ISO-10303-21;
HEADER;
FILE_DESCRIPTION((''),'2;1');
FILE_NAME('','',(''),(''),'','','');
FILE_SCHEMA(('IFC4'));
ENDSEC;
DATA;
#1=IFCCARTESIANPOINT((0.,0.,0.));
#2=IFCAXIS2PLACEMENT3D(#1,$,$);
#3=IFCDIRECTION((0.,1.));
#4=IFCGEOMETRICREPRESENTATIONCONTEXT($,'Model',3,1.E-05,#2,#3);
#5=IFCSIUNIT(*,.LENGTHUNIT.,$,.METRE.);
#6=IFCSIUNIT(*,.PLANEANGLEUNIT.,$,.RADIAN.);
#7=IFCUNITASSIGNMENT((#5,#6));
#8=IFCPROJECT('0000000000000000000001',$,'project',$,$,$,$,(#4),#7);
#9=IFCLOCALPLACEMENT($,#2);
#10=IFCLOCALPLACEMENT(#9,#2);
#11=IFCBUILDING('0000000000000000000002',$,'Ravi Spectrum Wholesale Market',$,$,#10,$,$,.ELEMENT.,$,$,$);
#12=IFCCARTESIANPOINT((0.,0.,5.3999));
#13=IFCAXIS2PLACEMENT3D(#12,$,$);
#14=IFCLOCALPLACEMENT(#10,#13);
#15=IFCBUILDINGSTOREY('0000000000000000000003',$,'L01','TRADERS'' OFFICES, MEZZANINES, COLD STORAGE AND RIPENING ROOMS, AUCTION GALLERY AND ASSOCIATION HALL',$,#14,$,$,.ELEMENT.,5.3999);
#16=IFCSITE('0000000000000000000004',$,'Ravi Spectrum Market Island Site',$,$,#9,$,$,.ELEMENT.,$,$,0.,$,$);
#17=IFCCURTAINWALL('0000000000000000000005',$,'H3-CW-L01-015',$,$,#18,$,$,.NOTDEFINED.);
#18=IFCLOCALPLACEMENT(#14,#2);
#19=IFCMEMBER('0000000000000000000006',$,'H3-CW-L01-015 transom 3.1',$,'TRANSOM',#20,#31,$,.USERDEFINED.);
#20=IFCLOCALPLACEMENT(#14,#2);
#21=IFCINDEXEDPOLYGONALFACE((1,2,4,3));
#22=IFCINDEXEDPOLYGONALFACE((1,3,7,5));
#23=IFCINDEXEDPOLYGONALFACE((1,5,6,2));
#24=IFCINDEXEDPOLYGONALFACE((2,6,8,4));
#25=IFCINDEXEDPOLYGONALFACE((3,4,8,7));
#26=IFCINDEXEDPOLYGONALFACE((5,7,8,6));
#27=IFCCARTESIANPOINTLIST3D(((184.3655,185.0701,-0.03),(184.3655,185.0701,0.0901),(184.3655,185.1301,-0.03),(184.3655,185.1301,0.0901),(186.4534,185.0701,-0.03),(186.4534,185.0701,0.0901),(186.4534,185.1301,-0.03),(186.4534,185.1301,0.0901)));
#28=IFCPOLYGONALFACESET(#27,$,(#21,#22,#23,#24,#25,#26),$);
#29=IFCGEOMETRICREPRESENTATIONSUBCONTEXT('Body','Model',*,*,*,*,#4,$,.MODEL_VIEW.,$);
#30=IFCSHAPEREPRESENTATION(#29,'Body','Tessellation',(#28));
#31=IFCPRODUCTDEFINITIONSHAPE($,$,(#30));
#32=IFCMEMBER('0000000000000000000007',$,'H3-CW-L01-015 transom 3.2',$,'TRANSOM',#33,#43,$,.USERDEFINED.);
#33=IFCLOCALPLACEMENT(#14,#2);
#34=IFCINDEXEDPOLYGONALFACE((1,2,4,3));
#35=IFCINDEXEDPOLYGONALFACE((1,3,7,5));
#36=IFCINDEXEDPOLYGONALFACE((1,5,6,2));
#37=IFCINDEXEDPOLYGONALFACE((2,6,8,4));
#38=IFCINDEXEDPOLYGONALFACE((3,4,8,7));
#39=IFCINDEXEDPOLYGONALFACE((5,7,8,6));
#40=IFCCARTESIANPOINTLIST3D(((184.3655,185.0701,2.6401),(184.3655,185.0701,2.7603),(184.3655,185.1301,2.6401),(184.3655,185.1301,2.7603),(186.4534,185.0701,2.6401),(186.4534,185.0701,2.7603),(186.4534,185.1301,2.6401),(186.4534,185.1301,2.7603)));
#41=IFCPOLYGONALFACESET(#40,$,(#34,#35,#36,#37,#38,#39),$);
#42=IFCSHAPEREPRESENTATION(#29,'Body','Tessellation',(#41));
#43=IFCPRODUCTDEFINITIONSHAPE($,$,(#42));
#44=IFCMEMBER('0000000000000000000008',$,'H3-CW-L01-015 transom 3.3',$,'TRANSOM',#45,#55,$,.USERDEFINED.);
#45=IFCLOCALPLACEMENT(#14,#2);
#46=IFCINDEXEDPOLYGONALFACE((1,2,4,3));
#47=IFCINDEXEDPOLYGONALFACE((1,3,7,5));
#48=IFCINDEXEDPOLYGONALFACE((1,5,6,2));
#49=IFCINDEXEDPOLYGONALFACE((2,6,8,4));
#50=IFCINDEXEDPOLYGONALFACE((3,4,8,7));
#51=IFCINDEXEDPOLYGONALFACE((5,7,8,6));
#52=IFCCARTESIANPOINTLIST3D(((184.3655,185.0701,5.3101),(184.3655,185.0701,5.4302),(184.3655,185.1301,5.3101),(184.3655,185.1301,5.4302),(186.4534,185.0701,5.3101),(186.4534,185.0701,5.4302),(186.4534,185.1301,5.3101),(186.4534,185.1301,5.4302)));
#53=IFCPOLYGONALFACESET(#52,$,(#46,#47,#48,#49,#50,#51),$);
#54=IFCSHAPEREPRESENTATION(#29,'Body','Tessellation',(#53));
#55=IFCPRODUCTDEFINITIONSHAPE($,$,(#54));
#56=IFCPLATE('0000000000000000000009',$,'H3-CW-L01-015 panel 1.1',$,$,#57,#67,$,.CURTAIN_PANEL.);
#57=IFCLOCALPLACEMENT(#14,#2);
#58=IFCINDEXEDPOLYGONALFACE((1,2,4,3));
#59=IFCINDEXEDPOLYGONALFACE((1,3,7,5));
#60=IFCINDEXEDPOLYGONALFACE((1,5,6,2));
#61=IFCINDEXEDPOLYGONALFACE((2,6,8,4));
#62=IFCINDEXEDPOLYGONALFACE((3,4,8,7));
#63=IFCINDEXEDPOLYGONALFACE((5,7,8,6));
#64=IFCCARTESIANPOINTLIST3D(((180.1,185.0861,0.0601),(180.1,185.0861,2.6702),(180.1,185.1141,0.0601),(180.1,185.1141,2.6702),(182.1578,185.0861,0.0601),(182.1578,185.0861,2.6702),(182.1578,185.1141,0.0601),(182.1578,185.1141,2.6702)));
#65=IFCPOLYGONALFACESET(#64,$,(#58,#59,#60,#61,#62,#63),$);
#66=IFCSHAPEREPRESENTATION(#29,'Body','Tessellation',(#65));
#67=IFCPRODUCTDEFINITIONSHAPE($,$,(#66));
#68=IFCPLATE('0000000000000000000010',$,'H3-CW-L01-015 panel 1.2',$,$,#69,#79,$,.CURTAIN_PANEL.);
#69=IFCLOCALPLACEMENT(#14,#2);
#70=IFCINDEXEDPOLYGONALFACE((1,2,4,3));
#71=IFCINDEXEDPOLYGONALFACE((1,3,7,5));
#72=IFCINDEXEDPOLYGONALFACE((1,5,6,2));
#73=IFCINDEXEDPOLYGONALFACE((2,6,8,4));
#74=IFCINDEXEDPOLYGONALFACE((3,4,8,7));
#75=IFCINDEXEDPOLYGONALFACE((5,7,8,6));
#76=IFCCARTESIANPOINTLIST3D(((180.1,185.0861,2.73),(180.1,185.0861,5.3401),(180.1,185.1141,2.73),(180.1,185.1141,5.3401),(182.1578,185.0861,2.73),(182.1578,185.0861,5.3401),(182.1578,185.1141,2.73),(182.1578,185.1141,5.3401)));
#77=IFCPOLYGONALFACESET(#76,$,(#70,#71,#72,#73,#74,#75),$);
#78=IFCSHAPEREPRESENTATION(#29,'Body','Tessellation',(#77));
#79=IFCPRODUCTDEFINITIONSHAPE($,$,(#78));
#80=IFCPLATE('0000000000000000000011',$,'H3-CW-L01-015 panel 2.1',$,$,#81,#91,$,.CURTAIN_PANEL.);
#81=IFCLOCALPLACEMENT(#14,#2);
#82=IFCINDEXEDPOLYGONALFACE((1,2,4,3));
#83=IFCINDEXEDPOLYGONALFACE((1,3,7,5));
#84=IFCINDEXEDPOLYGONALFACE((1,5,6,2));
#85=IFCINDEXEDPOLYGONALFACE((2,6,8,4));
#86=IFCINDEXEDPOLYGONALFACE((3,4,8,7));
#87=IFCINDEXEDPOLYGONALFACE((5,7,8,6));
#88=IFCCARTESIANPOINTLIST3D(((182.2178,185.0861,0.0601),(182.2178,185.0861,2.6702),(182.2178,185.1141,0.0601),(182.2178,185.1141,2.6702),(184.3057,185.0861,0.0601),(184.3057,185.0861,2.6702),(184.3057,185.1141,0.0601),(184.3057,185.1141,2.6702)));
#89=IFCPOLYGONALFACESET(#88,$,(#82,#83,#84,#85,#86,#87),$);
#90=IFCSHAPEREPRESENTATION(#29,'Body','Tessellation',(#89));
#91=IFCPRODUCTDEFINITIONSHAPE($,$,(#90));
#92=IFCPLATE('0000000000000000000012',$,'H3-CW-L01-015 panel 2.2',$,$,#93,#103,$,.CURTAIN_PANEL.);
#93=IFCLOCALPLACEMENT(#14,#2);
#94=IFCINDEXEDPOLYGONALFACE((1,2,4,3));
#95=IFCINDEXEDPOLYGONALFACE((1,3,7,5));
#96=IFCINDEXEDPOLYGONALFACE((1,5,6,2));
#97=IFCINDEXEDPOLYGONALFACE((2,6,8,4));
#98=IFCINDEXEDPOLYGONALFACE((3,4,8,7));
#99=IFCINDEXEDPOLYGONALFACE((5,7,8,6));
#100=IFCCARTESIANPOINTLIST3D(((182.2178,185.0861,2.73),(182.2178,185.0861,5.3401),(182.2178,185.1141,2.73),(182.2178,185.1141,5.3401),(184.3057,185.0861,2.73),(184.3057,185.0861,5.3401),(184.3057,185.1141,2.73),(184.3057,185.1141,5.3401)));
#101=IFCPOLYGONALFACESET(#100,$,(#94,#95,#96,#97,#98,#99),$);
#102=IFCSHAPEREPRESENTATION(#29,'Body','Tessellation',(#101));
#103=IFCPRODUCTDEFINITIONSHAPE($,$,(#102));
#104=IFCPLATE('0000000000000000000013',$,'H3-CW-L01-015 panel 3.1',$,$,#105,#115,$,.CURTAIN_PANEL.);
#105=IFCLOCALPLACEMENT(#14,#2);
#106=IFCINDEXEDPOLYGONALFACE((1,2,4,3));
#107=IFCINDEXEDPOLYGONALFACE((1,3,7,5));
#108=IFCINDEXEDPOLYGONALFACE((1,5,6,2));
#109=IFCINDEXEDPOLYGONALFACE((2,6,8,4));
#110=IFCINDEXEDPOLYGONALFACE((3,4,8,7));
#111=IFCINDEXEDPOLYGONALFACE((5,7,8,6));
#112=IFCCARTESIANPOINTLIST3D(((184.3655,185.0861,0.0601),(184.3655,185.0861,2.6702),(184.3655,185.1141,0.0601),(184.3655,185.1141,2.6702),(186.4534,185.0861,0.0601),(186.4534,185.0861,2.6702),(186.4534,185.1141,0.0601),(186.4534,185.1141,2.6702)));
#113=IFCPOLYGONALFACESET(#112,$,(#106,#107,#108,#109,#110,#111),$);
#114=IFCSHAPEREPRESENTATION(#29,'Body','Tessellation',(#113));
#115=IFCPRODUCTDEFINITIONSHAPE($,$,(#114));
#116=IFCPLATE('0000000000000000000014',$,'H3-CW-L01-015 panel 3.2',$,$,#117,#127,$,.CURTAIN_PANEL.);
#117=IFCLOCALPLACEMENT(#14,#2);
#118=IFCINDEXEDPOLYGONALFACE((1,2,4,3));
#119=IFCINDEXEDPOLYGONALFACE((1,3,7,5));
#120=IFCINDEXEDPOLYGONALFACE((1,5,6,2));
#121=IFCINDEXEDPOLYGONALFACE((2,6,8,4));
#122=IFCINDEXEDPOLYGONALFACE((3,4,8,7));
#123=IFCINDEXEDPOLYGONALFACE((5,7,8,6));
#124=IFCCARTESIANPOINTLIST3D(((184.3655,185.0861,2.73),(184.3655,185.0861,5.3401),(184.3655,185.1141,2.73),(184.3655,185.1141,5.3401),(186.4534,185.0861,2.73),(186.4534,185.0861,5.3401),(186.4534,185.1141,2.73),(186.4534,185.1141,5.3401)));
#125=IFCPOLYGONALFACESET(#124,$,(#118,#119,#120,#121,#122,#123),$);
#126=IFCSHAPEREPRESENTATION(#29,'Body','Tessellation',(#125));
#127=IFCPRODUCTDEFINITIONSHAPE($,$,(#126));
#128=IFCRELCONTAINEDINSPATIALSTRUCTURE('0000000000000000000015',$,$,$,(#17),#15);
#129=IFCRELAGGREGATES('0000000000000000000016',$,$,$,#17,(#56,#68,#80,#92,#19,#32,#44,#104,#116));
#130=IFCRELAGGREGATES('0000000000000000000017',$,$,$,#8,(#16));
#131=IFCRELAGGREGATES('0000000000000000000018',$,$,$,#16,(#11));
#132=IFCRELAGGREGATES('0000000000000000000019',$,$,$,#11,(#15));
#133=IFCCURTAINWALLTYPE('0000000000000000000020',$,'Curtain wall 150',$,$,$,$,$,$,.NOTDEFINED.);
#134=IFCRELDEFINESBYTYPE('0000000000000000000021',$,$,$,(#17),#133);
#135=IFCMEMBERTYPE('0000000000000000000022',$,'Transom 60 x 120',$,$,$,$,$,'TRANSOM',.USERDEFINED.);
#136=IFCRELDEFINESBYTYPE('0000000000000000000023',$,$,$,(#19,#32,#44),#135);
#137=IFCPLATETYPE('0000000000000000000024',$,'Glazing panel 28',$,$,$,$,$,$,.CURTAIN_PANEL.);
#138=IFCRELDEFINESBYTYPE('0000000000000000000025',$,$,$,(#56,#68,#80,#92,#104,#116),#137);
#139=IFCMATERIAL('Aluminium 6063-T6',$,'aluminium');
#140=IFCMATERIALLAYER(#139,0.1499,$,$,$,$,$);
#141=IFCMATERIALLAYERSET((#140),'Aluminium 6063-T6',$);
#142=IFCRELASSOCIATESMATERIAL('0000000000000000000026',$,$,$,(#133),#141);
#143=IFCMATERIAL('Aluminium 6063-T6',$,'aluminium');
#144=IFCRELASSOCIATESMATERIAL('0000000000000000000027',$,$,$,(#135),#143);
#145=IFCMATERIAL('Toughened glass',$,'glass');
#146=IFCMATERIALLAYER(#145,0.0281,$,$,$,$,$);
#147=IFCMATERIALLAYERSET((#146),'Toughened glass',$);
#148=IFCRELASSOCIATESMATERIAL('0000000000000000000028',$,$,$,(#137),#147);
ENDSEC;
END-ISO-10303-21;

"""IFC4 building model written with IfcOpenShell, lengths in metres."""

from ifc_helpers import new_model, si_unit, direction, frame, origin, origin_2d, place, context, subcontext, project, spatial, rectangle, extrude, material, layer, layer_set, material_profile, profile_set, type_object, element, aggregate, save


model = new_model("IFC4")

# Units and contexts
model_context = context("Model", 3, precision=1e-05, world=origin(), true_north=direction((0.0, 1.0)))
body_context = subcontext(model_context, "Body", "Model", "MODEL_VIEW")
ifc_project = project(units=[si_unit("LENGTHUNIT", "METRE"), si_unit("PLANEANGLEUNIT", "RADIAN")], contexts=[model_context])

# Site, building, storey
site_placement = place(None, origin())
site = spatial("IfcSite", under=ifc_project, at=site_placement, Name="Ravi Spectrum Market Island Site", CompositionType="ELEMENT", RefElevation=0.0)
building_placement = place(site_placement, origin())
building = spatial("IfcBuilding", under=site, at=building_placement, Name="Ravi Spectrum Wholesale Market", CompositionType="ELEMENT")
storey_placement = place(building_placement, frame((0.0, 0.0, 5.3999)))
storey = spatial("IfcBuildingStorey", under=building, at=storey_placement, Name="L01", Description="TRADERS' OFFICES, MEZZANINES, COLD STORAGE AND RIPENING ROOMS, AUCTION GALLERY AND ASSOCIATION HALL", CompositionType="ELEMENT", Elevation=5.3999)

# Shared definitions
ifc_material_1 = material(Name="Aluminium 6063-T6", Category="aluminium")
ifc_layer_1 = layer(ifc_material_1, 0.1499)
ifc_layer_set_1 = layer_set([ifc_layer_1], Name="Aluminium 6063-T6")
curtain_wall_type = type_object("IfcCurtainWallType", Name="Curtain wall 150", PredefinedType="NOTDEFINED", material=ifc_layer_set_1)

# Curtain wall, members, plates
curtain_wall_1_placement = place(storey_placement, origin())
curtain_wall_1 = element("IfcCurtainWall", 1, at=curtain_wall_1_placement, inside=storey, type_object=curtain_wall_type, Name="H3-CW-L01-015", PredefinedType="NOTDEFINED")
ifc_material_2 = material(Name="Aluminium 6063-T6", Category="aluminium")
ifc_material_profile_1 = material_profile(ifc_material_2, rectangle(XDim=0.0601, YDim=0.1201, at=origin_2d()))
ifc_profile_set_1 = profile_set([ifc_material_profile_1], Name="Aluminium 6063-T6")
member_type_1 = type_object("IfcMemberType", Name="Transom 60 x 120", ElementType="TRANSOM", PredefinedType="USERDEFINED", material=ifc_profile_set_1)
member_1_placement = place(storey_placement, frame((184.3655, 185.1001, 0.03), z_axis=(1.0, 0.0, 0.0), x_axis=(0.0, 1.0, 0.0)))
member_1 = element("IfcMember", 2, at=member_1_placement, type_object=member_type_1, Name="H3-CW-L01-015 transom 3.1", ObjectType="TRANSOM", PredefinedType="USERDEFINED", context=body_context, shape_type="SweptSolid", body=[
    extrude(rectangle(XDim=0.0601, YDim=0.1201, at=origin_2d()), origin(), (0.0, 0.0, 1.0), 2.0879),
])
member_2_placement = place(storey_placement, frame((184.3655, 185.1001, 2.7002), z_axis=(1.0, 0.0, 0.0), x_axis=(0.0, 1.0, 0.0)))
member_2 = element("IfcMember", 3, at=member_2_placement, type_object=member_type_1, Name="H3-CW-L01-015 transom 3.2", ObjectType="TRANSOM", PredefinedType="USERDEFINED", context=body_context, shape_type="SweptSolid", body=[
    extrude(rectangle(XDim=0.0601, YDim=0.1201, at=origin_2d()), origin(), (0.0, 0.0, 1.0), 2.0879),
])
member_3_placement = place(storey_placement, frame((184.3655, 185.1001, 5.3701), z_axis=(1.0, 0.0, 0.0), x_axis=(0.0, 1.0, 0.0)))
member_3 = element("IfcMember", 4, at=member_3_placement, type_object=member_type_1, Name="H3-CW-L01-015 transom 3.3", ObjectType="TRANSOM", PredefinedType="USERDEFINED", context=body_context, shape_type="SweptSolid", body=[
    extrude(rectangle(XDim=0.0601, YDim=0.1201, at=origin_2d()), origin(), (0.0, 0.0, 1.0), 2.0879),
])
ifc_material_3 = material(Name="Toughened glass", Category="glass")
ifc_layer_2 = layer(ifc_material_3, 0.0281)
ifc_layer_set_2 = layer_set([ifc_layer_2], Name="Toughened glass")
plate_type = type_object("IfcPlateType", Name="Glazing panel 28", PredefinedType="CURTAIN_PANEL", material=ifc_layer_set_2)
plate_1_placement = place(storey_placement, frame((181.1289, 185.1001, 0.0601), z_axis=(0.0, 0.0, 1.0), x_axis=(1.0, 0.0, 0.0)))
plate_1 = element("IfcPlate", 5, at=plate_1_placement, type_object=plate_type, Name="H3-CW-L01-015 panel 1.1", PredefinedType="CURTAIN_PANEL", context=body_context, shape_type="SweptSolid", body=[
    extrude(rectangle(XDim=2.0579, YDim=0.0281, at=origin_2d()), origin(), (0.0, 0.0, 1.0), 2.6101),
])
plate_2_placement = place(storey_placement, frame((181.1289, 185.1001, 2.73), z_axis=(0.0, 0.0, 1.0), x_axis=(1.0, 0.0, 0.0)))
plate_2 = element("IfcPlate", 6, at=plate_2_placement, type_object=plate_type, Name="H3-CW-L01-015 panel 1.2", PredefinedType="CURTAIN_PANEL", context=body_context, shape_type="SweptSolid", body=[
    extrude(rectangle(XDim=2.0579, YDim=0.0281, at=origin_2d()), origin(), (0.0, 0.0, 1.0), 2.6101),
])
plate_3_placement = place(storey_placement, frame((183.2617, 185.1001, 0.0601), z_axis=(0.0, 0.0, 1.0), x_axis=(1.0, 0.0, 0.0)))
plate_3 = element("IfcPlate", 7, at=plate_3_placement, type_object=plate_type, Name="H3-CW-L01-015 panel 2.1", PredefinedType="CURTAIN_PANEL", context=body_context, shape_type="SweptSolid", body=[
    extrude(rectangle(XDim=2.0879, YDim=0.0281, at=origin_2d()), origin(), (0.0, 0.0, 1.0), 2.6101),
])
plate_4_placement = place(storey_placement, frame((183.2617, 185.1001, 2.73), z_axis=(0.0, 0.0, 1.0), x_axis=(1.0, 0.0, 0.0)))
plate_4 = element("IfcPlate", 8, at=plate_4_placement, type_object=plate_type, Name="H3-CW-L01-015 panel 2.2", PredefinedType="CURTAIN_PANEL", context=body_context, shape_type="SweptSolid", body=[
    extrude(rectangle(XDim=2.0879, YDim=0.0281, at=origin_2d()), origin(), (0.0, 0.0, 1.0), 2.6101),
])
plate_5_placement = place(storey_placement, frame((185.4094, 185.1001, 0.0601), z_axis=(0.0, 0.0, 1.0), x_axis=(1.0, 0.0, 0.0)))
plate_5 = element("IfcPlate", 9, at=plate_5_placement, type_object=plate_type, Name="H3-CW-L01-015 panel 3.1", PredefinedType="CURTAIN_PANEL", context=body_context, shape_type="SweptSolid", body=[
    extrude(rectangle(XDim=2.0879, YDim=0.0281, at=origin_2d()), origin(), (0.0, 0.0, 1.0), 2.6101),
])
plate_6_placement = place(storey_placement, frame((185.4094, 185.1001, 2.73), z_axis=(0.0, 0.0, 1.0), x_axis=(1.0, 0.0, 0.0)))
plate_6 = element("IfcPlate", 10, at=plate_6_placement, type_object=plate_type, Name="H3-CW-L01-015 panel 3.2", PredefinedType="CURTAIN_PANEL", context=body_context, shape_type="SweptSolid", body=[
    extrude(rectangle(XDim=2.0879, YDim=0.0281, at=origin_2d()), origin(), (0.0, 0.0, 1.0), 2.6101),
])
aggregate(curtain_wall_1, [plate_1, plate_2, plate_3, plate_4, member_1, member_2, member_3, plate_5, plate_6])

save(model, "model.ifc")
